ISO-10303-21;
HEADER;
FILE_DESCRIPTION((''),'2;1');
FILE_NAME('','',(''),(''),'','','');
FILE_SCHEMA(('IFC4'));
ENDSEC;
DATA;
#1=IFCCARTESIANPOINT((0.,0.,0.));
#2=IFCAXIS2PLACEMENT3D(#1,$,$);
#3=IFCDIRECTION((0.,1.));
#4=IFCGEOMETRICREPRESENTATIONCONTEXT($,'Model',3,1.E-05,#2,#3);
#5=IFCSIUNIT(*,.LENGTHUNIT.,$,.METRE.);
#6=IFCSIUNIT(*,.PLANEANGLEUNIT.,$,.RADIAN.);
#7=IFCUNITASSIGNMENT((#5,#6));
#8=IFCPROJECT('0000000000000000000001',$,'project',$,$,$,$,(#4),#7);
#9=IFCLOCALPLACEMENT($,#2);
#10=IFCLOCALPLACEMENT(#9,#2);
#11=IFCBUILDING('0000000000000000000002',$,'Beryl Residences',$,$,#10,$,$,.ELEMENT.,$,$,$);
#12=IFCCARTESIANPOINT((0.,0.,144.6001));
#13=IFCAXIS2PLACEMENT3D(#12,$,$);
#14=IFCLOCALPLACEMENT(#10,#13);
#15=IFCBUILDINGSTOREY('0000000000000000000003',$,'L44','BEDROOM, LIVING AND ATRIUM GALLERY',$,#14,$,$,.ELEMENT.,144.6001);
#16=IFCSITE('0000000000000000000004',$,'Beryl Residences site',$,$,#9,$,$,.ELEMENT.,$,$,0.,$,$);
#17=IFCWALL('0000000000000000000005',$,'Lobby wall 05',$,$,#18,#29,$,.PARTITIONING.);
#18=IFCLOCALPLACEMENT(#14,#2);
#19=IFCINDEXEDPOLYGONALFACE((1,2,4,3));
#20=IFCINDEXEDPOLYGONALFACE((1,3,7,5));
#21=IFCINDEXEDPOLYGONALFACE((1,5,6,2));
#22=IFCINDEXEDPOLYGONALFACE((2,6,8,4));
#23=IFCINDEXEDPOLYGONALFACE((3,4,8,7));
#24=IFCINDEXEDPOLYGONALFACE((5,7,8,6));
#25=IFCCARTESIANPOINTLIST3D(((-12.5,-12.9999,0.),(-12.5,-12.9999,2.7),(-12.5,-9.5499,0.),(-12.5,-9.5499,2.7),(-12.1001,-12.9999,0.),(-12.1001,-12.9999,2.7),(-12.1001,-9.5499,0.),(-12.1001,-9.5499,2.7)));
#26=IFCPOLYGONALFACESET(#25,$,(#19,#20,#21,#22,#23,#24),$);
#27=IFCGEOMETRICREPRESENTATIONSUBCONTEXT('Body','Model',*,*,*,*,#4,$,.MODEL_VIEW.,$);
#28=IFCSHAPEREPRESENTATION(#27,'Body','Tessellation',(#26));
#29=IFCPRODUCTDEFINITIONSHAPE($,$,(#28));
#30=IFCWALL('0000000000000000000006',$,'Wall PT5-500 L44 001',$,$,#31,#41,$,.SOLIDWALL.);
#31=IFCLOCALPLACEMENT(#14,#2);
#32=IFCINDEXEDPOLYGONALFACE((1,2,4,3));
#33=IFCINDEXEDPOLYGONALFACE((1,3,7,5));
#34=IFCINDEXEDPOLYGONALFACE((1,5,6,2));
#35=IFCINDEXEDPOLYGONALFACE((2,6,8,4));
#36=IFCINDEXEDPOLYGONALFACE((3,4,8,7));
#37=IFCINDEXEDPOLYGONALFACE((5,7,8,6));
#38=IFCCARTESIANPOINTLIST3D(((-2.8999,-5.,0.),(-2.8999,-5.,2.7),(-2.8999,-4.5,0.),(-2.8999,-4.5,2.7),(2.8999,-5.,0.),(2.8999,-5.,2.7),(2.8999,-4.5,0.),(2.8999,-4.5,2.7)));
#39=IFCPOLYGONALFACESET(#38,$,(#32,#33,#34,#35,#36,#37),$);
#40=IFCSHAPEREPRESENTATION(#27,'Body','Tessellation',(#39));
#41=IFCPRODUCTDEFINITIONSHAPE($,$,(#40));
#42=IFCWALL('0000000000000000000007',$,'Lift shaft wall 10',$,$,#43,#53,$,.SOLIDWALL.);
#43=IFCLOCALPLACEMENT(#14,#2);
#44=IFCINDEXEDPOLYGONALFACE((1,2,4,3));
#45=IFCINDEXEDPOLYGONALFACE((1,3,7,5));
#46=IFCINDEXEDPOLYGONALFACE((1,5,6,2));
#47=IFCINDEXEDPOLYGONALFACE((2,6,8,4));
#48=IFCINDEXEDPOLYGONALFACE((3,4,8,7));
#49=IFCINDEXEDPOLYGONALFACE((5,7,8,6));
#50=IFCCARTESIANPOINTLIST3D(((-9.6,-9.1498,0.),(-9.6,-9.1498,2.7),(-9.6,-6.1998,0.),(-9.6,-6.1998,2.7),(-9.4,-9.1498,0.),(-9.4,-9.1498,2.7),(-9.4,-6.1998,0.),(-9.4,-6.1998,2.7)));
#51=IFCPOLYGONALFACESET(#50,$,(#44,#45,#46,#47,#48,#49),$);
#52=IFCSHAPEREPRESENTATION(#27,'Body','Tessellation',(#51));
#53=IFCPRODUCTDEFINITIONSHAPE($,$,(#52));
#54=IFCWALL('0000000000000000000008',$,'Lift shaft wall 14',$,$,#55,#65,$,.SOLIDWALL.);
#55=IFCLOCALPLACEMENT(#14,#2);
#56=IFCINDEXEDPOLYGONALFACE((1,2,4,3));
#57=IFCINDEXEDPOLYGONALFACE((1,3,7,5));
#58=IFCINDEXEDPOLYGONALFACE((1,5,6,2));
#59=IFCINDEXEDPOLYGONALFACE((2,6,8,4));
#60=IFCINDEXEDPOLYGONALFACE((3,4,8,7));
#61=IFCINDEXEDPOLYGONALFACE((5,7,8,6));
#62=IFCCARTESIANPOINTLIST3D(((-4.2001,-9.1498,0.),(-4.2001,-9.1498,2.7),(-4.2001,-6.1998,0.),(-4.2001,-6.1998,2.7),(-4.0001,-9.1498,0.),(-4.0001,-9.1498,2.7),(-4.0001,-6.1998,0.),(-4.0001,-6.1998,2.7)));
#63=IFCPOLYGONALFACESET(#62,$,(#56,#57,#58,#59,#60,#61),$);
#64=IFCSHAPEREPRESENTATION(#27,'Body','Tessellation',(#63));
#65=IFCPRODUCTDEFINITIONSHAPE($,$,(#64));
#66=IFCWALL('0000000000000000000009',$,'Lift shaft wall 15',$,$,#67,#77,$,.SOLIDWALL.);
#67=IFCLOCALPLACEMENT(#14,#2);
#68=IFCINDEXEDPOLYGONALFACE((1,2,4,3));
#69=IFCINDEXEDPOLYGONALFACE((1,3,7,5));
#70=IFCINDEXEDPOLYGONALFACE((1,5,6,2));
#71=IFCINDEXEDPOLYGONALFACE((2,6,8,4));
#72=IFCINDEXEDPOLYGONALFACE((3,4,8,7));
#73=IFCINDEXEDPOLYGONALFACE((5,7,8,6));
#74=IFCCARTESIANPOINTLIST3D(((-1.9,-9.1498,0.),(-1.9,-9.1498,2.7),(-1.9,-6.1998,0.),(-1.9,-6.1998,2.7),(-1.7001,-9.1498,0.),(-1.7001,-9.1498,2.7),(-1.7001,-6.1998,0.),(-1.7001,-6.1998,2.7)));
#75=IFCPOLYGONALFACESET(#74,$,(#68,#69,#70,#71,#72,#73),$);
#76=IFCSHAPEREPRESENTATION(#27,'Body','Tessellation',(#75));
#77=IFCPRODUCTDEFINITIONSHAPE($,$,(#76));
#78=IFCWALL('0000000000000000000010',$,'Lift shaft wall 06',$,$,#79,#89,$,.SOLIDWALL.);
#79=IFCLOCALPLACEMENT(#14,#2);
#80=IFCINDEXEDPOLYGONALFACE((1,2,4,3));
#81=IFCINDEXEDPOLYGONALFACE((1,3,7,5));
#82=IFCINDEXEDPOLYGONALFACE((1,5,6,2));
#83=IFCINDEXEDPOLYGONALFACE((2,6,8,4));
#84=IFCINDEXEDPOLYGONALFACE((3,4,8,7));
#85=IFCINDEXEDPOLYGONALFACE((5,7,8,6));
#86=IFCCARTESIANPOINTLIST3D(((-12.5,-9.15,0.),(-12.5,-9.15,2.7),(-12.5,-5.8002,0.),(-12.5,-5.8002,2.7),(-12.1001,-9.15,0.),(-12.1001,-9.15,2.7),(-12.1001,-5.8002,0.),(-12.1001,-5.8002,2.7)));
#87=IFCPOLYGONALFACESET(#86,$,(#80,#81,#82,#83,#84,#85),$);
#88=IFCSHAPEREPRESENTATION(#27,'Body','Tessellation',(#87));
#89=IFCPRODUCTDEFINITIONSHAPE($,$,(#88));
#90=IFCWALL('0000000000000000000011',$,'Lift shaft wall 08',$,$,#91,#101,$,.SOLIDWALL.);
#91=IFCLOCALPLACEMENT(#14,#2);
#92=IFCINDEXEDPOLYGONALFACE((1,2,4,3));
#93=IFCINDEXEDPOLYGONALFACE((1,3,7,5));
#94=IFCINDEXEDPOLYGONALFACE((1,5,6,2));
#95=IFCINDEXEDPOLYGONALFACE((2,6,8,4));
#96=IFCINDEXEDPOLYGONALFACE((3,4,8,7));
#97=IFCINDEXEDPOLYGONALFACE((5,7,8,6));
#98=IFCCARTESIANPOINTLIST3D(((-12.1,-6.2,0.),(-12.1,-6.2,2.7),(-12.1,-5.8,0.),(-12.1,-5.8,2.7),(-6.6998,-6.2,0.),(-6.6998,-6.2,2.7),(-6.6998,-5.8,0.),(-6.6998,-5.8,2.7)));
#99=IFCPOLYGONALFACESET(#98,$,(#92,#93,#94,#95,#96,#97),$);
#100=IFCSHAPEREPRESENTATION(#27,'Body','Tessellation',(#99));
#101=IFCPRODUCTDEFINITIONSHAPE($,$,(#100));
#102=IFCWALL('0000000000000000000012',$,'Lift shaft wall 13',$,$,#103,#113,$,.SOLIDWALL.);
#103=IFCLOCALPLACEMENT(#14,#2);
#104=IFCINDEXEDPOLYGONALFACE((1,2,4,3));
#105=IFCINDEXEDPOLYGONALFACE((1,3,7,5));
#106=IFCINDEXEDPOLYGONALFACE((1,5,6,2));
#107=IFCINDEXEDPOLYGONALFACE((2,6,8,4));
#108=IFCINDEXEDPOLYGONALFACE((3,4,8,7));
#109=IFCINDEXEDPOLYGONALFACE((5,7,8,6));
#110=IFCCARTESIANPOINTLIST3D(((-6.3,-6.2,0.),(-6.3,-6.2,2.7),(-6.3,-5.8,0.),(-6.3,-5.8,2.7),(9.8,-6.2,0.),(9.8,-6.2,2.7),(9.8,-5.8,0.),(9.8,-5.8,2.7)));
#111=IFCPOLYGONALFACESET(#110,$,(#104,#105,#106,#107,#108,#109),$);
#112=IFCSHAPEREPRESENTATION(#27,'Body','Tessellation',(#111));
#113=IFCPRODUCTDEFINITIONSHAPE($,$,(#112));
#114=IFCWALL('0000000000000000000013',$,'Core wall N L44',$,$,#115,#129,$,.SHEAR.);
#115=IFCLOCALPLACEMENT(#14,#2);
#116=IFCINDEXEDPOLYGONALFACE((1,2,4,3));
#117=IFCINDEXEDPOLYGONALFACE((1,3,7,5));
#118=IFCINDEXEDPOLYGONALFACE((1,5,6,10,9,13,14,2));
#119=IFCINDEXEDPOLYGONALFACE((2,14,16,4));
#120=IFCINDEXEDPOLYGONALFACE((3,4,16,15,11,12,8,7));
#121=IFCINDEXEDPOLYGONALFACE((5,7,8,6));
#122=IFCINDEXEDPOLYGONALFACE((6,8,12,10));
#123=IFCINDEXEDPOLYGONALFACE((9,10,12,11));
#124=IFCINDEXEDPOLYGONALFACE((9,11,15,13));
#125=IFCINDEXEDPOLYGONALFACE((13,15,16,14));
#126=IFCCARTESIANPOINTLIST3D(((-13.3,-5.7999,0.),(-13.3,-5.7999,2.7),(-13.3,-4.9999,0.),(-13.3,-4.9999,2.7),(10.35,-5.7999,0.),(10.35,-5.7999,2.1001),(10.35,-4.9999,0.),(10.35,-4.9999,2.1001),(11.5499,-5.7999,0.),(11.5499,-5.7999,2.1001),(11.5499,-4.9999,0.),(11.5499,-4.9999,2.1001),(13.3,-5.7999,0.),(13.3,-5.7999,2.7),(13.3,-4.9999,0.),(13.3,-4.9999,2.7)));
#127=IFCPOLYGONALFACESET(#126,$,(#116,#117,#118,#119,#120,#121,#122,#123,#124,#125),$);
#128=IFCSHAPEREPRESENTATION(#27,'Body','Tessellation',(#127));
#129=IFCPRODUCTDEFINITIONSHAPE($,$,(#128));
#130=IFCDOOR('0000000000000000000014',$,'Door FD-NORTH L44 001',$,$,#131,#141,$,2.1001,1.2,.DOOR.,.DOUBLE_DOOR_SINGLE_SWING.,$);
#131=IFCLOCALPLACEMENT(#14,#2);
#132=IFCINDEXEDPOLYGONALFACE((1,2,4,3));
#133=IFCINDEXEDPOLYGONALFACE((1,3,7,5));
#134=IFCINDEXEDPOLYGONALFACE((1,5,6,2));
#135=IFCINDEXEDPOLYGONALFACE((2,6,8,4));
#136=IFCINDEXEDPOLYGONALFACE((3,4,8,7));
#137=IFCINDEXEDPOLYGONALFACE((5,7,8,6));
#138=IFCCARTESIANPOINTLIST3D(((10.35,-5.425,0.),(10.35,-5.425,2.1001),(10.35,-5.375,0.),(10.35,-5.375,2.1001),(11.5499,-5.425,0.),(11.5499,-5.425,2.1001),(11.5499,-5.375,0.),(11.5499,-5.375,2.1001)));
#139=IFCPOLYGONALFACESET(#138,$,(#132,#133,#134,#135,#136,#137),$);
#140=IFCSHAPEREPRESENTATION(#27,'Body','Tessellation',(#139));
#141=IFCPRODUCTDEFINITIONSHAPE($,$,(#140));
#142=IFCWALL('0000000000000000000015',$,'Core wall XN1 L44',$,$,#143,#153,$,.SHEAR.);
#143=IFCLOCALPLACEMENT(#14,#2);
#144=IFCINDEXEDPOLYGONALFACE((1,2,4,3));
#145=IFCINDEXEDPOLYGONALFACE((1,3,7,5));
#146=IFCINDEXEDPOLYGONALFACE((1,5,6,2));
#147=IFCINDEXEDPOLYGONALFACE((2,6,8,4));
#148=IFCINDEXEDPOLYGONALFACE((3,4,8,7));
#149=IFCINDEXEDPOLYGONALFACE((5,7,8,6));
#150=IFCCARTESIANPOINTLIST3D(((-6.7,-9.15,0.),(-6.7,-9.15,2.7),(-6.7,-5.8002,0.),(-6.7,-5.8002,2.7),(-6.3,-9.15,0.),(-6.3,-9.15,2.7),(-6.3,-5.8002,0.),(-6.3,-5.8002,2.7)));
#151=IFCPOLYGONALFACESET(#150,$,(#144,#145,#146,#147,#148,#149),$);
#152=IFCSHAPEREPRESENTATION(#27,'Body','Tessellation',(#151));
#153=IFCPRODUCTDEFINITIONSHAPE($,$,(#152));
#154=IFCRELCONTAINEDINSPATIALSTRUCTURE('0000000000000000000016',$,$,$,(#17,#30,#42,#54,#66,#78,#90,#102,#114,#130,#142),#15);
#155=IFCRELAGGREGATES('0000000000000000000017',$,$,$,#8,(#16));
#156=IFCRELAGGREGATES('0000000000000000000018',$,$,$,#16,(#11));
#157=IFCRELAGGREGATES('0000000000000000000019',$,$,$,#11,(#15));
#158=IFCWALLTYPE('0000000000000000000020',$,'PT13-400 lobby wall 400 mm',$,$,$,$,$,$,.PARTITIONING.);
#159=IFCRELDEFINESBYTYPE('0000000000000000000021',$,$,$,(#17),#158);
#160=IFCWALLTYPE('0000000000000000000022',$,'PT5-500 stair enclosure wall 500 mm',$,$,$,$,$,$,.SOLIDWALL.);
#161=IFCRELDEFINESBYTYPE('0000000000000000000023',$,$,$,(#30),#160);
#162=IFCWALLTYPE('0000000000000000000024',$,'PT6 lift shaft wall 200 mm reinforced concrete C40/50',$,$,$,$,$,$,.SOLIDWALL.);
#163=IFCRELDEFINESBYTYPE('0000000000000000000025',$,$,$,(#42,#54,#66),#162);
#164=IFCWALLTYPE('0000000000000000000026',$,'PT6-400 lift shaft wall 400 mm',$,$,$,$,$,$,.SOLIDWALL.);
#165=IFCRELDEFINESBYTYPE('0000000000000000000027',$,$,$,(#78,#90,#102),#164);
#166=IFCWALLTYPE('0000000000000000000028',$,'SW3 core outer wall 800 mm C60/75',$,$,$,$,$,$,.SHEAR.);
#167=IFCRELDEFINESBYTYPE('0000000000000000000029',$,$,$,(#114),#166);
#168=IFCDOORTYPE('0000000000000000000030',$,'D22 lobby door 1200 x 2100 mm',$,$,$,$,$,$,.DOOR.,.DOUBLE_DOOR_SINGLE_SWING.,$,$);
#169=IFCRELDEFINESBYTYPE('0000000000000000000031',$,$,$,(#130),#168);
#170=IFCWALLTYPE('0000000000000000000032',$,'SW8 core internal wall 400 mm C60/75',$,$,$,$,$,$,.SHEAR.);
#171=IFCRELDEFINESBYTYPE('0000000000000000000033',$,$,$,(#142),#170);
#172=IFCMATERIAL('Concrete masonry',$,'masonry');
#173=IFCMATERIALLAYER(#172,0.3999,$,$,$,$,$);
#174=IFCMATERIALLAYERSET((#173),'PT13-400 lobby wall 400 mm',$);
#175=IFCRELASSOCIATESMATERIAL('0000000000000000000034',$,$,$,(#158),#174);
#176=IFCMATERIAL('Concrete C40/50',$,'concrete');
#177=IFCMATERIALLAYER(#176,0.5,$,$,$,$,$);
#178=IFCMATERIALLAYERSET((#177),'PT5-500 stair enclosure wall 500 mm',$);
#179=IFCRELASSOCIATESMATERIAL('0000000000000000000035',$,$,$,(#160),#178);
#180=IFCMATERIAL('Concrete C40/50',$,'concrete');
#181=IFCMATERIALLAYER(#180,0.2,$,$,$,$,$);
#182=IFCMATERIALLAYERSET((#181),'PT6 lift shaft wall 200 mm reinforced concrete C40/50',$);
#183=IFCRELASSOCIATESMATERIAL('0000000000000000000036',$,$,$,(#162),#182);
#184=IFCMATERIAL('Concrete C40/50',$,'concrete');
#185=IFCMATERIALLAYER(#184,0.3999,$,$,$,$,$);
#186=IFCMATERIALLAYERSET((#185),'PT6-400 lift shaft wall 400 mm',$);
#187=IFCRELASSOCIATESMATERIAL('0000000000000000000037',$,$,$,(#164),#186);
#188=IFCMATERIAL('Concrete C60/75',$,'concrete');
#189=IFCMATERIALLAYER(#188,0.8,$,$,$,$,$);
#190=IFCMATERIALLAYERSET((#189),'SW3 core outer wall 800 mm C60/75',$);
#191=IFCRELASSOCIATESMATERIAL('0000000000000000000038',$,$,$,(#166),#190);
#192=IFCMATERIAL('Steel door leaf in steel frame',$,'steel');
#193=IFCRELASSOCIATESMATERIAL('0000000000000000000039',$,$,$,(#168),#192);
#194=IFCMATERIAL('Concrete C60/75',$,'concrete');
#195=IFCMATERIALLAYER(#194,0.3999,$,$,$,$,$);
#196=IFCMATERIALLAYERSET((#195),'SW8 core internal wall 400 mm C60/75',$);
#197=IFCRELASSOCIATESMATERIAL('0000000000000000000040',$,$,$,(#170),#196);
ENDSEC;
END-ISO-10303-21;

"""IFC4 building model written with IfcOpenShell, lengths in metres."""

from ifc_helpers import new_model, si_unit, direction, frame, frame_2d, origin, place, context, subcontext, project, spatial, rectangle, extrude, material, layer, layer_set, type_object, element, fill, save


model = new_model("IFC4")

# Units and contexts
model_context = context("Model", 3, precision=1e-05, world=origin(), true_north=direction((0.0, 1.0)))
body_context = subcontext(model_context, "Body", "Model", "MODEL_VIEW")
ifc_project = project(units=[si_unit("LENGTHUNIT", "METRE"), si_unit("PLANEANGLEUNIT", "RADIAN")], contexts=[model_context])

# Site, building, storey
site_placement = place(None, origin())
site = spatial("IfcSite", under=ifc_project, at=site_placement, Name="Beryl Residences site", CompositionType="ELEMENT", RefElevation=0.0)
building_placement = place(site_placement, origin())
building = spatial("IfcBuilding", under=site, at=building_placement, Name="Beryl Residences", CompositionType="ELEMENT")
storey_placement = place(building_placement, frame((0.0, 0.0, 144.6001)))
storey = spatial("IfcBuildingStorey", under=building, at=storey_placement, Name="L44", Description="BEDROOM, LIVING AND ATRIUM GALLERY", CompositionType="ELEMENT", Elevation=144.6001)

# Walls
ifc_material_1 = material(Name="Concrete masonry", Category="masonry")
ifc_layer_1 = layer(ifc_material_1, 0.3999)
ifc_layer_set_1 = layer_set([ifc_layer_1], Name="PT13-400 lobby wall 400 mm")
wall_type_1 = type_object("IfcWallType", Name="PT13-400 lobby wall 400 mm", PredefinedType="PARTITIONING", material=ifc_layer_set_1)
wall_1_placement = place(storey_placement, frame((-12.3, -13.0, 0.0), z_axis=(0.0, 0.0, 1.0), x_axis=(0.0, 1.0, 0.0)))
element("IfcWall", 1, at=wall_1_placement, inside=storey, type_object=wall_type_1, Name="Lobby wall 05", PredefinedType="PARTITIONING", context=body_context, shape_type="SweptSolid", body=[
    extrude(rectangle(XDim=3.45, YDim=0.3999, at=frame_2d((1.7251, 0.0))), origin(), (0.0, 0.0, 1.0), 2.7),
])
ifc_material_2 = material(Name="Concrete C40/50", Category="concrete")
ifc_layer_2 = layer(ifc_material_2, 0.5)
ifc_layer_set_2 = layer_set([ifc_layer_2], Name="PT5-500 stair enclosure wall 500 mm")
wall_type_2 = type_object("IfcWallType", Name="PT5-500 stair enclosure wall 500 mm", PredefinedType="SOLIDWALL", material=ifc_layer_set_2)
wall_2_placement = place(storey_placement, frame((-2.8999, -4.75, 0.0), z_axis=(0.0, 0.0, 1.0), x_axis=(1.0, 0.0, 0.0)))
element("IfcWall", 2, at=wall_2_placement, inside=storey, type_object=wall_type_2, Name="Wall PT5-500 L44 001", PredefinedType="SOLIDWALL", context=body_context, shape_type="SweptSolid", body=[
    extrude(rectangle(XDim=5.7998, YDim=0.5, at=frame_2d((2.8999, 0.0))), origin(), (0.0, 0.0, 1.0), 2.7),
])
ifc_material_3 = material(Name="Concrete C40/50", Category="concrete")
ifc_layer_3 = layer(ifc_material_3, 0.2)
ifc_layer_set_3 = layer_set([ifc_layer_3], Name="PT6 lift shaft wall 200 mm reinforced concrete C40/50")
wall_type_3 = type_object("IfcWallType", Name="PT6 lift shaft wall 200 mm reinforced concrete C40/50", PredefinedType="SOLIDWALL", material=ifc_layer_set_3)
for number, where, z_axis, x_axis, name in (
    (3, (-9.5, -9.1499, 0.0), (0.0, 0.0, 1.0), (0.0, 1.0, 0.0), "Lift shaft wall 10"),
    (4, (-4.1001, -9.1499, 0.0), (0.0, 0.0, 1.0), (0.0, 1.0, 0.0), "Lift shaft wall 14"),
    (5, (-1.8, -9.1499, 0.0), (0.0, 0.0, 1.0), (0.0, 1.0, 0.0), "Lift shaft wall 15"),
):
    element("IfcWall", number, at=place(storey_placement, frame(where, z_axis=z_axis, x_axis=x_axis)), inside=storey, type_object=wall_type_3, Name=name, PredefinedType="SOLIDWALL", context=body_context, shape_type="SweptSolid", body=[
        extrude(rectangle(XDim=2.95, YDim=0.2, at=frame_2d((1.4751, 0.0))), origin(), (0.0, 0.0, 1.0), 2.7),
    ])
ifc_material_4 = material(Name="Concrete C40/50", Category="concrete")
ifc_layer_4 = layer(ifc_material_4, 0.3999)
ifc_layer_set_4 = layer_set([ifc_layer_4], Name="PT6-400 lift shaft wall 400 mm")
wall_type_4 = type_object("IfcWallType", Name="PT6-400 lift shaft wall 400 mm", PredefinedType="SOLIDWALL", material=ifc_layer_set_4)
wall_3_placement = place(storey_placement, frame((-12.3, -9.1499, 0.0), z_axis=(0.0, 0.0, 1.0), x_axis=(0.0, 1.0, 0.0)))
element("IfcWall", 6, at=wall_3_placement, inside=storey, type_object=wall_type_4, Name="Lift shaft wall 06", PredefinedType="SOLIDWALL", context=body_context, shape_type="SweptSolid", body=[
    extrude(rectangle(XDim=3.3499, YDim=0.3999, at=frame_2d((1.6748, 0.0))), origin(), (0.0, 0.0, 1.0), 2.7),
])
wall_4_placement = place(storey_placement, frame((-12.1001, -6.0, 0.0), z_axis=(0.0, 0.0, 1.0), x_axis=(1.0, 0.0, 0.0)))
element("IfcWall", 7, at=wall_4_placement, inside=storey, type_object=wall_type_4, Name="Lift shaft wall 08", PredefinedType="SOLIDWALL", context=body_context, shape_type="SweptSolid", body=[
    extrude(rectangle(XDim=5.4001, YDim=0.3999, at=frame_2d((2.7002, 0.0))), origin(), (0.0, 0.0, 1.0), 2.7),
])
wall_5_placement = place(storey_placement, frame((-6.3, -6.0, 0.0), z_axis=(0.0, 0.0, 1.0), x_axis=(1.0, 0.0, 0.0)))
element("IfcWall", 8, at=wall_5_placement, inside=storey, type_object=wall_type_4, Name="Lift shaft wall 13", PredefinedType="SOLIDWALL", context=body_context, shape_type="SweptSolid", body=[
    extrude(rectangle(XDim=16.1001, YDim=0.3999, at=frame_2d((8.05, 0.0))), origin(), (0.0, 0.0, 1.0), 2.7),
])

# Wall, opening, door
ifc_material_5 = material(Name="Concrete C60/75", Category="concrete")
ifc_layer_5 = layer(ifc_material_5, 0.8)
ifc_layer_set_5 = layer_set([ifc_layer_5], Name="SW3 core outer wall 800 mm C60/75")
wall_type_5 = type_object("IfcWallType", Name="SW3 core outer wall 800 mm C60/75", PredefinedType="SHEAR", material=ifc_layer_set_5)
wall_6_placement = place(storey_placement, frame((-13.3, -5.3999, 0.0), z_axis=(0.0, 0.0, 1.0), x_axis=(1.0, 0.0, 0.0)))
wall_6 = element("IfcWall", 9, at=wall_6_placement, inside=storey, type_object=wall_type_5, Name="Core wall N L44", PredefinedType="SHEAR", context=body_context, shape_type="SweptSolid", body=[
    extrude(rectangle(XDim=26.6001, YDim=0.8, at=frame_2d((13.3, 0.0))), origin(), (0.0, 0.0, 1.0), 2.7),
])
opening_1_placement = place(wall_6_placement, frame((23.6499, 0.0, 0.0)))
opening_1 = element("IfcOpeningElement", 10, at=opening_1_placement, cuts=wall_6, PredefinedType="OPENING", context=body_context, shape_type="SweptSolid", body=[
    extrude(rectangle(XDim=1.2, YDim=2.1001, at=frame_2d((0.6001, 1.05))), frame((0.0, 0.4099, 0.0), z_axis=(0.0, -1.0, 0.0), x_axis=(1.0, 0.0, 0.0)), (0.0, 0.0, 1.0), 0.8201),
])
ifc_material_6 = material(Name="Steel door leaf in steel frame", Category="steel")
door_type_1 = type_object("IfcDoorType", Name="D22 lobby door 1200 x 2100 mm", OperationType="DOUBLE_DOOR_SINGLE_SWING", PredefinedType="DOOR", material=ifc_material_6)
door_1_placement = place(opening_1_placement, origin())
door_1 = element("IfcDoor", 11, at=door_1_placement, inside=storey, type_object=door_type_1, Name="Door FD-NORTH L44 001", OperationType="DOUBLE_DOOR_SINGLE_SWING", OverallHeight=2.1001, OverallWidth=1.2, PredefinedType="DOOR", context=body_context, shape_type="SweptSolid", body=[
    extrude(rectangle(XDim=1.2, YDim=2.1001, at=frame_2d((0.6001, 1.05))), frame((0.0, 0.0249, 0.0), z_axis=(0.0, -1.0, 0.0), x_axis=(1.0, 0.0, 0.0)), (0.0, 0.0, 1.0), 0.05),
])
fill(opening_1, door_1)

# Shared definitions
ifc_material_7 = material(Name="Concrete C60/75", Category="concrete")
ifc_layer_6 = layer(ifc_material_7, 0.3999)
ifc_layer_set_6 = layer_set([ifc_layer_6], Name="SW8 core internal wall 400 mm C60/75")
wall_type_6 = type_object("IfcWallType", Name="SW8 core internal wall 400 mm C60/75", PredefinedType="SHEAR", material=ifc_layer_set_6)

# Wall
wall_7_placement = place(storey_placement, frame((-6.5, -9.1499, 0.0), z_axis=(0.0, 0.0, 1.0), x_axis=(0.0, 1.0, 0.0)))
element("IfcWall", 12, at=wall_7_placement, inside=storey, type_object=wall_type_6, Name="Core wall XN1 L44", PredefinedType="SHEAR", context=body_context, shape_type="SweptSolid", body=[
    extrude(rectangle(XDim=3.3499, YDim=0.3999, at=frame_2d((1.6748, 0.0))), origin(), (0.0, 0.0, 1.0), 2.7),
])

save(model, "model.ifc")
